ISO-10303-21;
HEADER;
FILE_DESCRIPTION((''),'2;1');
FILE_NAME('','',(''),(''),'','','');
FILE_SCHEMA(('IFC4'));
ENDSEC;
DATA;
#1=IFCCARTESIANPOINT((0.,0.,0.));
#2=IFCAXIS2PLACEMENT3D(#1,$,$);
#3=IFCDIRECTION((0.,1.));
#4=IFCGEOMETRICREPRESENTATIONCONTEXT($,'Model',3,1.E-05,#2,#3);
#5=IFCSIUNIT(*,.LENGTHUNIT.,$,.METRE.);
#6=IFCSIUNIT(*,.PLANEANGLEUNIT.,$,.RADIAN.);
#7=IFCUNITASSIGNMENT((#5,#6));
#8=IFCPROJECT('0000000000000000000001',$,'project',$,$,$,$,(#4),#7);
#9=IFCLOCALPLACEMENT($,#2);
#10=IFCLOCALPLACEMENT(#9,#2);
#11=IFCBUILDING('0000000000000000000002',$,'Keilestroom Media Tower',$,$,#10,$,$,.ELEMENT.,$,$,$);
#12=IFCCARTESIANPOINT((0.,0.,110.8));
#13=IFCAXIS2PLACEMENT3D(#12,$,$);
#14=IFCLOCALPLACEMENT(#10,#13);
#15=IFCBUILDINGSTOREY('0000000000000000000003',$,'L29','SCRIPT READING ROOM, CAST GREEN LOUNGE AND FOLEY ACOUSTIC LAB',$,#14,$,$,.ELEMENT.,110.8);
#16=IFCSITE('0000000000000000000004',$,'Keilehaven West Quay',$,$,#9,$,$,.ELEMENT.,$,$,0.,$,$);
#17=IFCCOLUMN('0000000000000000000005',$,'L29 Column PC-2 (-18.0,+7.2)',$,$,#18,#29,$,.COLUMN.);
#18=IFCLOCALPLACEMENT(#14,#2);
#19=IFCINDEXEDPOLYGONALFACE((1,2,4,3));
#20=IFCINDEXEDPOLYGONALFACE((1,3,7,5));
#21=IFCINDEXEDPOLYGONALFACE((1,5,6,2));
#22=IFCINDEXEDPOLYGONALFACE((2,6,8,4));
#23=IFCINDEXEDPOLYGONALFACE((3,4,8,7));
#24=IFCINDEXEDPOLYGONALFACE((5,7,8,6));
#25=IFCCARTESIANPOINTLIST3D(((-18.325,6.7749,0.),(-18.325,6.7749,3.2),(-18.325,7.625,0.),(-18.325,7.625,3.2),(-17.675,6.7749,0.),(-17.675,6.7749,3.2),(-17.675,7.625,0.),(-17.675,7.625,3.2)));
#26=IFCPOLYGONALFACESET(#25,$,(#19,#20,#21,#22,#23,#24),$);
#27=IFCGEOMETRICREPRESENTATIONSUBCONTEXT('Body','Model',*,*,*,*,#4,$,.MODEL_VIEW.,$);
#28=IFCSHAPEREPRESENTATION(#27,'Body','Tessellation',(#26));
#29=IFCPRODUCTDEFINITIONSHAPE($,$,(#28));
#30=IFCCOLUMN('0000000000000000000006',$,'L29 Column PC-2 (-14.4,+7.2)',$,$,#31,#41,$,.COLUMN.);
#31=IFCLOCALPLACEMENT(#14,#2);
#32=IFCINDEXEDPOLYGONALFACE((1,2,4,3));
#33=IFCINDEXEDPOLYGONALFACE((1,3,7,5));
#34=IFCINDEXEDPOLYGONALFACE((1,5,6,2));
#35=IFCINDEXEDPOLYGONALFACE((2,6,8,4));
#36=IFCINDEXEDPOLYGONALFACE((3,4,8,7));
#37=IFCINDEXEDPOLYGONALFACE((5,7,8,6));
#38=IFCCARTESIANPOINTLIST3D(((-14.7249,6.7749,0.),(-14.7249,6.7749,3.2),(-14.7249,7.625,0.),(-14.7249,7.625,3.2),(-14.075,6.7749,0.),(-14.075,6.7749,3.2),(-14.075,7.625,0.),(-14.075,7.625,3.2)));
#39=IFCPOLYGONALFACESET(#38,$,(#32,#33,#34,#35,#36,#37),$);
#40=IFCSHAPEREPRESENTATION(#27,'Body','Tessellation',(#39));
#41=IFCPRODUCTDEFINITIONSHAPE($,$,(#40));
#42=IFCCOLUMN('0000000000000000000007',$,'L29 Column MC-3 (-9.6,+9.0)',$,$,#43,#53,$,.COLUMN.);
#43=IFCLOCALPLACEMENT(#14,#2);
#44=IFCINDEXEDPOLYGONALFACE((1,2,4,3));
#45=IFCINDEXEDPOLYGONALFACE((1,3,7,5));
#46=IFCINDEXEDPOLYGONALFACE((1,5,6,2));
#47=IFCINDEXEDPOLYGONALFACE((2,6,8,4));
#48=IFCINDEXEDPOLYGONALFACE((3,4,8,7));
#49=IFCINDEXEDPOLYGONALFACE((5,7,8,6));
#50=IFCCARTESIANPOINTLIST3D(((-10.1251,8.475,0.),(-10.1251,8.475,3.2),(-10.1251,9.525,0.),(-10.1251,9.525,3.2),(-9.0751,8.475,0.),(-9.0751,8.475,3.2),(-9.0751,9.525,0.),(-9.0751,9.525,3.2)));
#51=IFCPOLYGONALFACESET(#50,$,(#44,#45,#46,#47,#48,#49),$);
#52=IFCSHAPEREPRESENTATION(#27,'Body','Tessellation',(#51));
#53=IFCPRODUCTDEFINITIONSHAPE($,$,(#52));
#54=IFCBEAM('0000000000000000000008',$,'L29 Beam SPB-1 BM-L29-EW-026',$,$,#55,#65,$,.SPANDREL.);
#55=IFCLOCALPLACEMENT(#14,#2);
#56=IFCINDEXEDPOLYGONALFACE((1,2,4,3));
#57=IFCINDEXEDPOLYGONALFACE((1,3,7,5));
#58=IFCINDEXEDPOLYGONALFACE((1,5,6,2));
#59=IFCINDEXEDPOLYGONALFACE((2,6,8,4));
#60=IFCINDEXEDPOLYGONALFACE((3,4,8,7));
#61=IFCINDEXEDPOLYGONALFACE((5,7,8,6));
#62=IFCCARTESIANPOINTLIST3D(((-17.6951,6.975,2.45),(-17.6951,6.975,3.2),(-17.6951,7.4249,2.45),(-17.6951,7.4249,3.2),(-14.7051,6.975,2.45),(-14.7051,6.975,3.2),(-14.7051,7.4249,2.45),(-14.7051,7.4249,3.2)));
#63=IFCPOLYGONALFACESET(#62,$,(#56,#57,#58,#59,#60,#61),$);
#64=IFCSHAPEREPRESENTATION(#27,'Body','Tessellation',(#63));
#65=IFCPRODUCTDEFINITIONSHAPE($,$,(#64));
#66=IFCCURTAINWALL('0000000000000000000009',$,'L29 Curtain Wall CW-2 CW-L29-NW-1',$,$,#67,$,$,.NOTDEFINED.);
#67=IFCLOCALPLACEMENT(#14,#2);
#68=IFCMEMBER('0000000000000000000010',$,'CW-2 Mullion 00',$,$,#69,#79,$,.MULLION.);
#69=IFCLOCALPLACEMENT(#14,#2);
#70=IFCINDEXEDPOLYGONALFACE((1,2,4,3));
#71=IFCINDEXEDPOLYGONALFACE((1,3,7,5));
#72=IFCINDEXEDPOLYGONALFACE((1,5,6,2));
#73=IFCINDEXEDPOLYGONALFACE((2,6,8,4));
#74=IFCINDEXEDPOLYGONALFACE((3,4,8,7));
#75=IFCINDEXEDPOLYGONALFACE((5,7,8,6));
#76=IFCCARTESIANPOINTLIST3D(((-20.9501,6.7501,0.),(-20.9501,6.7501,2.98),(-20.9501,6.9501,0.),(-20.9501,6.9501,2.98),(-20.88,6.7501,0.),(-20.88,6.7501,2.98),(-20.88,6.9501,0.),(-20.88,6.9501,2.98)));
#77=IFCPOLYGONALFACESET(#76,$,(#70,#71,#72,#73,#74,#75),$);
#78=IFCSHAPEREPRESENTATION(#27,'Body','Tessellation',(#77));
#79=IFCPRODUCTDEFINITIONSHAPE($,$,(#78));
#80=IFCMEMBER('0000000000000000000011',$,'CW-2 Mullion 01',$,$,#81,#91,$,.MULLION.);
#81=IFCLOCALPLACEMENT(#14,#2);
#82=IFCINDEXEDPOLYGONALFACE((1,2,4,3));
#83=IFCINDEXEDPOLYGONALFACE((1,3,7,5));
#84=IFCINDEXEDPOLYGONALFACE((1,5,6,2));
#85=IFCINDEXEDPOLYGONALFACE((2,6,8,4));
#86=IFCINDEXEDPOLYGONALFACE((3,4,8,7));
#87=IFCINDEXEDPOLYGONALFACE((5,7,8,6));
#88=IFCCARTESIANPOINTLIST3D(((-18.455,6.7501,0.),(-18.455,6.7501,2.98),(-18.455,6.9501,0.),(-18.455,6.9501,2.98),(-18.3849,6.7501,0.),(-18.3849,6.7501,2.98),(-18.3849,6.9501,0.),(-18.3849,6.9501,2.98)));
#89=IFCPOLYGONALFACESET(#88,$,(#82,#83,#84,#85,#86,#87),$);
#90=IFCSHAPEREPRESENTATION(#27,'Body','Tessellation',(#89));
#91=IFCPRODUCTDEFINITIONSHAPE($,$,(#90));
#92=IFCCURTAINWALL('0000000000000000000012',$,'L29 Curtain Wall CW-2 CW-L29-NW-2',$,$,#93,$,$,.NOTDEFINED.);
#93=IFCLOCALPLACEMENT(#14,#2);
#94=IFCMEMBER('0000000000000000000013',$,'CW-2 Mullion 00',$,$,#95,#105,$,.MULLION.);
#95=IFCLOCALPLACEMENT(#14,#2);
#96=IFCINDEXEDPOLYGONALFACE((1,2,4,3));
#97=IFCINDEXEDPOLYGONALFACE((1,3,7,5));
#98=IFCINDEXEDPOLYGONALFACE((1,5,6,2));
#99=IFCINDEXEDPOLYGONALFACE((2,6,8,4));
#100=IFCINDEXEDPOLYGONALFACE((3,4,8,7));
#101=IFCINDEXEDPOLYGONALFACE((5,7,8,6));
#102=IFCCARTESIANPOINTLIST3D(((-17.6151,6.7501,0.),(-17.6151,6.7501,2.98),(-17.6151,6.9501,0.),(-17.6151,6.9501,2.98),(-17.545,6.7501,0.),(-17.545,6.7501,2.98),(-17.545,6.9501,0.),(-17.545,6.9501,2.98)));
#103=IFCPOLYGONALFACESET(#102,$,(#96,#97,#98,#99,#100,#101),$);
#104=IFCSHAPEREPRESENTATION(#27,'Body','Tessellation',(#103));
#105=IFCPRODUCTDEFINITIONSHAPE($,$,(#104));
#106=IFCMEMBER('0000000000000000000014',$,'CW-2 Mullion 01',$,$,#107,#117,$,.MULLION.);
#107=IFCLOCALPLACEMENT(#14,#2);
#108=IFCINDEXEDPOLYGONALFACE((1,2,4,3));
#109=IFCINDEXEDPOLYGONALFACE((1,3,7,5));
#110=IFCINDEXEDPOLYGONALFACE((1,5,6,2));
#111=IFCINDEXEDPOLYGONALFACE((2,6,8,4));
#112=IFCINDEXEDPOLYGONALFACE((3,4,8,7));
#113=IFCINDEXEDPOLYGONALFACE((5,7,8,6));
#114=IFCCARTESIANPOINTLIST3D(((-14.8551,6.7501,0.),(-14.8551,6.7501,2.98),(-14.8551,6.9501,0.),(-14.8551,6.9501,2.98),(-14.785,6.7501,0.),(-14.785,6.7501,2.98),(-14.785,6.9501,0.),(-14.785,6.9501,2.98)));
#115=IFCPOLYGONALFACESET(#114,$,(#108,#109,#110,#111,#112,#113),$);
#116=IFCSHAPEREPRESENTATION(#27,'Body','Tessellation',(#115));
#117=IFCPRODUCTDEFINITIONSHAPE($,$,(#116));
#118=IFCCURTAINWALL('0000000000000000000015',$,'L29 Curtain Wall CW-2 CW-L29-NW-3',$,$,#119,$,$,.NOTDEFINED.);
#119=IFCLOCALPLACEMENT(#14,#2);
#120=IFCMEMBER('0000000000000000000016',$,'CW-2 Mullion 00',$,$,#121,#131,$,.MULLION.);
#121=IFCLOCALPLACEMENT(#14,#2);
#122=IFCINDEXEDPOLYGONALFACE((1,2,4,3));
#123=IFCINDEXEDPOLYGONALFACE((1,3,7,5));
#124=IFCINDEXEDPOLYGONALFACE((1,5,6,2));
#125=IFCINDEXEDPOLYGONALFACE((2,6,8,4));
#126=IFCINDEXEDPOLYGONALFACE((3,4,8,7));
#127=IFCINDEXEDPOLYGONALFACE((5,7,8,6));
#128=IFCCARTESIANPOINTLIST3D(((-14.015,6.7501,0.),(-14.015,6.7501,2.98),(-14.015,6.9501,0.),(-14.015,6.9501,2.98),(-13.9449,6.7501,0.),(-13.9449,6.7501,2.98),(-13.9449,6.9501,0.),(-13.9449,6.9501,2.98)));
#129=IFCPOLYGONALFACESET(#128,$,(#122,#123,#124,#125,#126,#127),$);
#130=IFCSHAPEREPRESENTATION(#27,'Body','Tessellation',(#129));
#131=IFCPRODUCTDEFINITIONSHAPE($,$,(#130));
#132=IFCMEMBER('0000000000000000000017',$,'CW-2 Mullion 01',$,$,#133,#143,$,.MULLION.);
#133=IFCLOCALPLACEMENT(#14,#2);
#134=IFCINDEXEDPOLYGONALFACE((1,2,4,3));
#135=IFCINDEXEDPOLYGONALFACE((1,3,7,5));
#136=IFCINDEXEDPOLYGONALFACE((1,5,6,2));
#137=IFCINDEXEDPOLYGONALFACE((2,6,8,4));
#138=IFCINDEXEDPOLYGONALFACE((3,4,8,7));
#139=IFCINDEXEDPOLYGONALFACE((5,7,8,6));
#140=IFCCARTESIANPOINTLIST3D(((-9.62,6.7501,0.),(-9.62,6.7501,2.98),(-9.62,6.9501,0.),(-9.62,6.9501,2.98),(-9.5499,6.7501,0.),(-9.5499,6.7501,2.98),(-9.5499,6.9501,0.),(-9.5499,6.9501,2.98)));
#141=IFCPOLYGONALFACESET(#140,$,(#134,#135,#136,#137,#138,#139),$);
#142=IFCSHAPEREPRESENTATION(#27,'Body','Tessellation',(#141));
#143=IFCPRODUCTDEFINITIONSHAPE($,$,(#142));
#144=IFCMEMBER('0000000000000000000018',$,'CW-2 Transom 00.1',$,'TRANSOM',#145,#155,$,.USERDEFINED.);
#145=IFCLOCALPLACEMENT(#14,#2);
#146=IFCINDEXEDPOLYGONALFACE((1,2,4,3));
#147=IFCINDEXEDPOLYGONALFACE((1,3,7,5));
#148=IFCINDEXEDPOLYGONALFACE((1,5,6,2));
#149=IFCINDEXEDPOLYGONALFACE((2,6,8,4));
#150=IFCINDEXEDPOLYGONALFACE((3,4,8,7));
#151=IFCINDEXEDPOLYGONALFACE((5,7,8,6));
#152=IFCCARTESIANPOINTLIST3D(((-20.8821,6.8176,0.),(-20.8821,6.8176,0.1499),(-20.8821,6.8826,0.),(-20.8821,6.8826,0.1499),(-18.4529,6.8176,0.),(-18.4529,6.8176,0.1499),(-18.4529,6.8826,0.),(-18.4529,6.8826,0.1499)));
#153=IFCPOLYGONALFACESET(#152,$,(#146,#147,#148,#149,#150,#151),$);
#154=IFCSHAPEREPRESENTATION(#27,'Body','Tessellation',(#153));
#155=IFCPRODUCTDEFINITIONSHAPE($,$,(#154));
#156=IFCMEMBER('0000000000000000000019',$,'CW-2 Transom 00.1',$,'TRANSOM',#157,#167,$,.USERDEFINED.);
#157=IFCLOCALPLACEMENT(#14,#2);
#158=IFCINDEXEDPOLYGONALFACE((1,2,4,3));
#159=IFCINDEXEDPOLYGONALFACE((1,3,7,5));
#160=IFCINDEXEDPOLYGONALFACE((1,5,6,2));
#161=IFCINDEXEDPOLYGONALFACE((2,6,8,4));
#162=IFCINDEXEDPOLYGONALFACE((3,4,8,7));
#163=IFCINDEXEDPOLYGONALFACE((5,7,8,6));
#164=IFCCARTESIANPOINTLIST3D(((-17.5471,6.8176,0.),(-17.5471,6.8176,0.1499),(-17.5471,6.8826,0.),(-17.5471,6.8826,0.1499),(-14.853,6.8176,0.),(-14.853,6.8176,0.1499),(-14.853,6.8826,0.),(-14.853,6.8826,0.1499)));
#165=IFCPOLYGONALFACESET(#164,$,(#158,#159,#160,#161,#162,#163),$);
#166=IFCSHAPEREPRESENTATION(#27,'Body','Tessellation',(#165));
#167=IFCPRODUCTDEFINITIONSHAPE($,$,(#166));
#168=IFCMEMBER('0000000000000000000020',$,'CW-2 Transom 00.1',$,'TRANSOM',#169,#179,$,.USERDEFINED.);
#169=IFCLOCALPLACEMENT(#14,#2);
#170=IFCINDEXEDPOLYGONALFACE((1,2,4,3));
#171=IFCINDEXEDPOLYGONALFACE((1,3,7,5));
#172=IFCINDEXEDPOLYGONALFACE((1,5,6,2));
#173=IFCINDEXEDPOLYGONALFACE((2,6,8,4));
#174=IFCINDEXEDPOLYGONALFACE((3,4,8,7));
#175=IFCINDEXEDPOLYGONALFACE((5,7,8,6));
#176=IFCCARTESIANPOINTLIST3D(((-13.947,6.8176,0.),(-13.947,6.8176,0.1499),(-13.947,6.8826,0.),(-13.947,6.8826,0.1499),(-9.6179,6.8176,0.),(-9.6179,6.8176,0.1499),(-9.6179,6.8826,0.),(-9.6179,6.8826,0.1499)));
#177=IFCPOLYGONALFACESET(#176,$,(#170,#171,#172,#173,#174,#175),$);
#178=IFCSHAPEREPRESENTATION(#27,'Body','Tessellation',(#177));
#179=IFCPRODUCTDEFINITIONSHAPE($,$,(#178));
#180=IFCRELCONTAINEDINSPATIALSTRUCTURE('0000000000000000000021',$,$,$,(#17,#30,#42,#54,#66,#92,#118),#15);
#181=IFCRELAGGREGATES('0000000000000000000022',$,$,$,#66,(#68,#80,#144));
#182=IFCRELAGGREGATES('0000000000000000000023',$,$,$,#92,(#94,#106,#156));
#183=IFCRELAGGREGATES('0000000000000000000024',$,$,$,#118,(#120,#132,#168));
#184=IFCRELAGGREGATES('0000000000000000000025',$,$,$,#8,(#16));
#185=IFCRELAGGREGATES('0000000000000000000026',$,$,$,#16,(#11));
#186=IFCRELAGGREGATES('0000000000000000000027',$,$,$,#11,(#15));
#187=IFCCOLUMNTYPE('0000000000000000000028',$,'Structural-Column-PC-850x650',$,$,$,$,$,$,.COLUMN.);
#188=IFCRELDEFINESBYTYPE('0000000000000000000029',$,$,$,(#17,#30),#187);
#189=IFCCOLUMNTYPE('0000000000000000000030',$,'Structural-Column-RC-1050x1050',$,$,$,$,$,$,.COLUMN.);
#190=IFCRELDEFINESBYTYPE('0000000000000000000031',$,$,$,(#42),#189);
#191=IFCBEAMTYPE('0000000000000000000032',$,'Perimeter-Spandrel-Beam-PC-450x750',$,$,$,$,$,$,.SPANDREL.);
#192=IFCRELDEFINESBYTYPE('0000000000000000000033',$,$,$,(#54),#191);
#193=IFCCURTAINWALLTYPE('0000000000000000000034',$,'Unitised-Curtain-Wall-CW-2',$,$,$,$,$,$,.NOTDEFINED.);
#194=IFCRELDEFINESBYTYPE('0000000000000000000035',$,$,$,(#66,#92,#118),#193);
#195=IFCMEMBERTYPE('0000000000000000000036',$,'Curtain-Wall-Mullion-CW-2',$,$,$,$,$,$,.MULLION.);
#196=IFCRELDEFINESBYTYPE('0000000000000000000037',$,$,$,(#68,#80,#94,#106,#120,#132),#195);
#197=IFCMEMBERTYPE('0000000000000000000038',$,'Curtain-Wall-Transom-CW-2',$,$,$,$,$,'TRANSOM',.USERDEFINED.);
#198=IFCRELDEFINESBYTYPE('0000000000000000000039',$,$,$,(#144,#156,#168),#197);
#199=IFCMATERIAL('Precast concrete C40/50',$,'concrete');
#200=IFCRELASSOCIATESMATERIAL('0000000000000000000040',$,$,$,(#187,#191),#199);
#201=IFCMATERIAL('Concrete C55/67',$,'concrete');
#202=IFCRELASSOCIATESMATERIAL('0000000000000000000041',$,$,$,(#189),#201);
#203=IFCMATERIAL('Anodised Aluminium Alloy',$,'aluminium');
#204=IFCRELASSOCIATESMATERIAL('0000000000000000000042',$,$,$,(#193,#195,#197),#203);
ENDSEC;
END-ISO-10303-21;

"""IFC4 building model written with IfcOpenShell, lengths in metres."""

from ifc_helpers import new_model, si_unit, direction, frame, origin, origin_2d, place, context, subcontext, project, spatial, rectangle, extrude, source, transform, mapped, material, material_profile, profile_set, type_object, element, aggregate, save


model = new_model("IFC4")

# Units and contexts
model_context = context("Model", 3, precision=1e-05, world=origin(), true_north=direction((0.0, 1.0)))
body_context = subcontext(model_context, "Body", "Model", "MODEL_VIEW")
ifc_project = project(units=[si_unit("LENGTHUNIT", "METRE"), si_unit("PLANEANGLEUNIT", "RADIAN")], contexts=[model_context])

# Site, building, storey
site_placement = place(None, origin())
site = spatial("IfcSite", under=ifc_project, at=site_placement, Name="Keilehaven West Quay", CompositionType="ELEMENT", RefElevation=0.0)
building_placement = place(site_placement, origin())
building = spatial("IfcBuilding", under=site, at=building_placement, Name="Keilestroom Media Tower", CompositionType="ELEMENT")
storey_placement = place(building_placement, frame((0.0, 0.0, 110.8)))
storey = spatial("IfcBuildingStorey", under=building, at=storey_placement, Name="L29", Description="SCRIPT READING ROOM, CAST GREEN LOUNGE AND FOLEY ACOUSTIC LAB", CompositionType="ELEMENT", Elevation=110.8)

# Columns
ifc_material_1 = material(Name="Precast concrete C40/50", Category="concrete")
ifc_material_profile_1 = material_profile(ifc_material_1, rectangle(XDim=0.6499, YDim=0.8501, at=origin_2d()), Name="PC 850x650")
ifc_profile_set_1 = profile_set([ifc_material_profile_1], Name="Precast concrete C40/50")
column_type_1 = type_object("IfcColumnType", Name="Structural-Column-PC-850x650", PredefinedType="COLUMN", material=ifc_profile_set_1)
shared_shape_1 = source(origin(), body_context, "Body", "SweptSolid", [
    extrude(rectangle(XDim=0.6499, YDim=0.8501, at=origin_2d()), origin(), (0.0, 0.0, 1.0), 3.2),
])
for number, where, z_axis, x_axis, name in (
    (1, (-18.0, 7.2, 0.0), (0.0, 0.0, 1.0), (1.0, 0.0, 0.0), "L29 Column PC-2 (-18.0,+7.2)"),
    (2, (-14.3999, 7.2, 0.0), (0.0, 0.0, 1.0), (1.0, 0.0, 0.0), "L29 Column PC-2 (-14.4,+7.2)"),
):
    element("IfcColumn", number, at=place(storey_placement, frame(where, z_axis=z_axis, x_axis=x_axis)), inside=storey, type_object=column_type_1, Name=name, PredefinedType="COLUMN", context=body_context, shape_type="MappedRepresentation", body=[
        mapped(shared_shape_1, transform((0.0, 0.0, 0.0), x_axis=(1.0, 0.0, 0.0), y_axis=(0.0, 1.0, 0.0), z_axis=(0.0, 0.0, 1.0), scale=1.0)),
    ])
ifc_material_2 = material(Name="Concrete C55/67", Category="concrete")
ifc_material_profile_2 = material_profile(ifc_material_2, rectangle(XDim=1.05, YDim=1.05, at=origin_2d()), Name="RC 1050x1050")
ifc_profile_set_2 = profile_set([ifc_material_profile_2], Name="Concrete C55/67")
column_type_2 = type_object("IfcColumnType", Name="Structural-Column-RC-1050x1050", PredefinedType="COLUMN", material=ifc_profile_set_2)
shared_shape_2 = source(origin(), body_context, "Body", "SweptSolid", [
    extrude(rectangle(XDim=1.05, YDim=1.05, at=origin_2d()), origin(), (0.0, 0.0, 1.0), 3.2),
])
column_placement = place(storey_placement, frame((-9.6001, 9.0, 0.0), z_axis=(0.0, 0.0, 1.0), x_axis=(1.0, 0.0, 0.0)))
element("IfcColumn", 3, at=column_placement, inside=storey, type_object=column_type_2, Name="L29 Column MC-3 (-9.6,+9.0)", PredefinedType="COLUMN", context=body_context, shape_type="MappedRepresentation", body=[
    mapped(shared_shape_2, transform((0.0, 0.0, 0.0), x_axis=(1.0, 0.0, 0.0), y_axis=(0.0, 1.0, 0.0), z_axis=(0.0, 0.0, 1.0), scale=1.0)),
])

# Beam
ifc_material_profile_3 = material_profile(ifc_material_1, rectangle(XDim=0.45, YDim=0.75, at=origin_2d()), Name="PC 450x750")
ifc_profile_set_3 = profile_set([ifc_material_profile_3], Name="Precast concrete C40/50")
beam_type = type_object("IfcBeamType", Name="Perimeter-Spandrel-Beam-PC-450x750", PredefinedType="SPANDREL", material=ifc_profile_set_3)
shared_shape_3 = source(origin(), body_context, "Body", "SweptSolid", [
    extrude(rectangle(XDim=0.45, YDim=0.75, at=origin_2d()), origin(), (0.0, 0.0, 1.0), 2.99),
])
beam_placement = place(storey_placement, frame((-17.6951, 7.2, 2.825), z_axis=(1.0, 0.0, 0.0), x_axis=(0.0, 1.0, 0.0)))
element("IfcBeam", 4, at=beam_placement, inside=storey, type_object=beam_type, Name="L29 Beam SPB-1 BM-L29-EW-026", PredefinedType="SPANDREL", context=body_context, shape_type="MappedRepresentation", body=[
    mapped(shared_shape_3, transform((0.0, 0.0, 0.0), x_axis=(1.0, 0.0, 0.0), y_axis=(0.0, 1.0, 0.0), z_axis=(0.0, 0.0, 1.0), scale=1.0)),
])

# Curtain walls, members
ifc_material_3 = material(Name="Anodised Aluminium Alloy", Category="aluminium")
curtain_wall_type = type_object("IfcCurtainWallType", Name="Unitised-Curtain-Wall-CW-2", PredefinedType="NOTDEFINED", material=ifc_material_3)
curtain_wall_1_placement = place(storey_placement, origin())
curtain_wall_1 = element("IfcCurtainWall", 5, at=curtain_wall_1_placement, inside=storey, type_object=curtain_wall_type, Name="L29 Curtain Wall CW-2 CW-L29-NW-1", PredefinedType="NOTDEFINED")
ifc_material_profile_4 = material_profile(ifc_material_3, rectangle(XDim=0.0701, YDim=0.2, at=origin_2d()), Name="ALU MULLION 70x200")
ifc_profile_set_4 = profile_set([ifc_material_profile_4], Name="Anodised Aluminium Alloy")
member_type_1 = type_object("IfcMemberType", Name="Curtain-Wall-Mullion-CW-2", PredefinedType="MULLION", material=ifc_profile_set_4)
shared_shape_4 = source(origin(), body_context, "Body", "SweptSolid", [
    extrude(rectangle(XDim=0.0701, YDim=0.2, at=origin_2d()), origin(), (0.0, 0.0, 1.0), 2.98),
])
member_1_placement = place(storey_placement, frame((-20.915, 6.8501, 0.0), z_axis=(0.0, 0.0, 1.0), x_axis=(1.0, 0.0, 0.0)))
member_1 = element("IfcMember", 6, at=member_1_placement, type_object=member_type_1, Name="CW-2 Mullion 00", PredefinedType="MULLION", context=body_context, shape_type="MappedRepresentation", body=[
    mapped(shared_shape_4, transform((0.0, 0.0, 0.0), x_axis=(1.0, 0.0, 0.0), y_axis=(0.0, 1.0, 0.0), z_axis=(0.0, 0.0, 1.0), scale=1.0)),
])
member_2_placement = place(storey_placement, frame((-18.4199, 6.8501, 0.0), z_axis=(0.0, 0.0, 1.0), x_axis=(1.0, 0.0, 0.0)))
member_2 = element("IfcMember", 7, at=member_2_placement, type_object=member_type_1, Name="CW-2 Mullion 01", PredefinedType="MULLION", context=body_context, shape_type="MappedRepresentation", body=[
    mapped(shared_shape_4, transform((0.0, 0.0, 0.0), x_axis=(1.0, 0.0, 0.0), y_axis=(0.0, 1.0, 0.0), z_axis=(0.0, 0.0, 1.0), scale=1.0)),
])
curtain_wall_2_placement = place(storey_placement, origin())
curtain_wall_2 = element("IfcCurtainWall", 8, at=curtain_wall_2_placement, inside=storey, type_object=curtain_wall_type, Name="L29 Curtain Wall CW-2 CW-L29-NW-2", PredefinedType="NOTDEFINED")
member_3_placement = place(storey_placement, frame((-17.5801, 6.8501, 0.0), z_axis=(0.0, 0.0, 1.0), x_axis=(1.0, 0.0, 0.0)))
member_3 = element("IfcMember", 9, at=member_3_placement, type_object=member_type_1, Name="CW-2 Mullion 00", PredefinedType="MULLION", context=body_context, shape_type="MappedRepresentation", body=[
    mapped(shared_shape_4, transform((0.0, 0.0, 0.0), x_axis=(1.0, 0.0, 0.0), y_axis=(0.0, 1.0, 0.0), z_axis=(0.0, 0.0, 1.0), scale=1.0)),
])
member_4_placement = place(storey_placement, frame((-14.8201, 6.8501, 0.0), z_axis=(0.0, 0.0, 1.0), x_axis=(1.0, 0.0, 0.0)))
member_4 = element("IfcMember", 10, at=member_4_placement, type_object=member_type_1, Name="CW-2 Mullion 01", PredefinedType="MULLION", context=body_context, shape_type="MappedRepresentation", body=[
    mapped(shared_shape_4, transform((0.0, 0.0, 0.0), x_axis=(1.0, 0.0, 0.0), y_axis=(0.0, 1.0, 0.0), z_axis=(0.0, 0.0, 1.0), scale=1.0)),
])
curtain_wall_3_placement = place(storey_placement, origin())
curtain_wall_3 = element("IfcCurtainWall", 11, at=curtain_wall_3_placement, inside=storey, type_object=curtain_wall_type, Name="L29 Curtain Wall CW-2 CW-L29-NW-3", PredefinedType="NOTDEFINED")
member_5_placement = place(storey_placement, frame((-13.98, 6.8501, 0.0), z_axis=(0.0, 0.0, 1.0), x_axis=(1.0, 0.0, 0.0)))
member_5 = element("IfcMember", 12, at=member_5_placement, type_object=member_type_1, Name="CW-2 Mullion 00", PredefinedType="MULLION", context=body_context, shape_type="MappedRepresentation", body=[
    mapped(shared_shape_4, transform((0.0, 0.0, 0.0), x_axis=(1.0, 0.0, 0.0), y_axis=(0.0, 1.0, 0.0), z_axis=(0.0, 0.0, 1.0), scale=1.0)),
])
member_6_placement = place(storey_placement, frame((-9.585, 6.8501, 0.0), z_axis=(0.0, 0.0, 1.0), x_axis=(1.0, 0.0, 0.0)))
member_6 = element("IfcMember", 13, at=member_6_placement, type_object=member_type_1, Name="CW-2 Mullion 01", PredefinedType="MULLION", context=body_context, shape_type="MappedRepresentation", body=[
    mapped(shared_shape_4, transform((0.0, 0.0, 0.0), x_axis=(1.0, 0.0, 0.0), y_axis=(0.0, 1.0, 0.0), z_axis=(0.0, 0.0, 1.0), scale=1.0)),
])

# Members
ifc_material_profile_5 = material_profile(ifc_material_3, rectangle(XDim=0.0649, YDim=0.1499, at=origin_2d()), Name="ALU TRANSOM 65x150")
ifc_profile_set_5 = profile_set([ifc_material_profile_5], Name="Anodised Aluminium Alloy")
member_type_2 = type_object("IfcMemberType", Name="Curtain-Wall-Transom-CW-2", ElementType="TRANSOM", PredefinedType="USERDEFINED", material=ifc_profile_set_5)
shared_shape_5 = source(origin(), body_context, "Body", "SweptSolid", [
    extrude(rectangle(XDim=0.0649, YDim=0.1499, at=origin_2d()), origin(), (0.0, 0.0, 1.0), 2.4292),
])
member_7_placement = place(storey_placement, frame((-20.8821, 6.8501, 0.075), z_axis=(1.0, 0.0, 0.0), x_axis=(0.0, 1.0, 0.0)))
member_7 = element("IfcMember", 14, at=member_7_placement, type_object=member_type_2, Name="CW-2 Transom 00.1", ObjectType="TRANSOM", PredefinedType="USERDEFINED", context=body_context, shape_type="MappedRepresentation", body=[
    mapped(shared_shape_5, transform((0.0, 0.0, 0.0), x_axis=(1.0, 0.0, 0.0), y_axis=(0.0, 1.0, 0.0), z_axis=(0.0, 0.0, 1.0), scale=1.0)),
])
shared_shape_6 = source(origin(), body_context, "Body", "SweptSolid", [
    extrude(rectangle(XDim=0.0649, YDim=0.1499, at=origin_2d()), origin(), (0.0, 0.0, 1.0), 2.6941),
])
member_8_placement = place(storey_placement, frame((-17.5471, 6.8501, 0.075), z_axis=(1.0, 0.0, 0.0), x_axis=(0.0, 1.0, 0.0)))
member_8 = element("IfcMember", 15, at=member_8_placement, type_object=member_type_2, Name="CW-2 Transom 00.1", ObjectType="TRANSOM", PredefinedType="USERDEFINED", context=body_context, shape_type="MappedRepresentation", body=[
    mapped(shared_shape_6, transform((0.0, 0.0, 0.0), x_axis=(1.0, 0.0, 0.0), y_axis=(0.0, 1.0, 0.0), z_axis=(0.0, 0.0, 1.0), scale=1.0)),
])
shared_shape_7 = source(origin(), body_context, "Body", "SweptSolid", [
    extrude(rectangle(XDim=0.0649, YDim=0.1499, at=origin_2d()), origin(), (0.0, 0.0, 1.0), 4.3291),
])
member_9_placement = place(storey_placement, frame((-13.947, 6.8501, 0.075), z_axis=(1.0, 0.0, 0.0), x_axis=(0.0, 1.0, 0.0)))
member_9 = element("IfcMember", 16, at=member_9_placement, type_object=member_type_2, Name="CW-2 Transom 00.1", ObjectType="TRANSOM", PredefinedType="USERDEFINED", context=body_context, shape_type="MappedRepresentation", body=[
    mapped(shared_shape_7, transform((0.0, 0.0, 0.0), x_axis=(1.0, 0.0, 0.0), y_axis=(0.0, 1.0, 0.0), z_axis=(0.0, 0.0, 1.0), scale=1.0)),
])

aggregate(curtain_wall_1, [member_1, member_2, member_7])
aggregate(curtain_wall_2, [member_3, member_4, member_8])
aggregate(curtain_wall_3, [member_5, member_6, member_9])

save(model, "model.ifc")
